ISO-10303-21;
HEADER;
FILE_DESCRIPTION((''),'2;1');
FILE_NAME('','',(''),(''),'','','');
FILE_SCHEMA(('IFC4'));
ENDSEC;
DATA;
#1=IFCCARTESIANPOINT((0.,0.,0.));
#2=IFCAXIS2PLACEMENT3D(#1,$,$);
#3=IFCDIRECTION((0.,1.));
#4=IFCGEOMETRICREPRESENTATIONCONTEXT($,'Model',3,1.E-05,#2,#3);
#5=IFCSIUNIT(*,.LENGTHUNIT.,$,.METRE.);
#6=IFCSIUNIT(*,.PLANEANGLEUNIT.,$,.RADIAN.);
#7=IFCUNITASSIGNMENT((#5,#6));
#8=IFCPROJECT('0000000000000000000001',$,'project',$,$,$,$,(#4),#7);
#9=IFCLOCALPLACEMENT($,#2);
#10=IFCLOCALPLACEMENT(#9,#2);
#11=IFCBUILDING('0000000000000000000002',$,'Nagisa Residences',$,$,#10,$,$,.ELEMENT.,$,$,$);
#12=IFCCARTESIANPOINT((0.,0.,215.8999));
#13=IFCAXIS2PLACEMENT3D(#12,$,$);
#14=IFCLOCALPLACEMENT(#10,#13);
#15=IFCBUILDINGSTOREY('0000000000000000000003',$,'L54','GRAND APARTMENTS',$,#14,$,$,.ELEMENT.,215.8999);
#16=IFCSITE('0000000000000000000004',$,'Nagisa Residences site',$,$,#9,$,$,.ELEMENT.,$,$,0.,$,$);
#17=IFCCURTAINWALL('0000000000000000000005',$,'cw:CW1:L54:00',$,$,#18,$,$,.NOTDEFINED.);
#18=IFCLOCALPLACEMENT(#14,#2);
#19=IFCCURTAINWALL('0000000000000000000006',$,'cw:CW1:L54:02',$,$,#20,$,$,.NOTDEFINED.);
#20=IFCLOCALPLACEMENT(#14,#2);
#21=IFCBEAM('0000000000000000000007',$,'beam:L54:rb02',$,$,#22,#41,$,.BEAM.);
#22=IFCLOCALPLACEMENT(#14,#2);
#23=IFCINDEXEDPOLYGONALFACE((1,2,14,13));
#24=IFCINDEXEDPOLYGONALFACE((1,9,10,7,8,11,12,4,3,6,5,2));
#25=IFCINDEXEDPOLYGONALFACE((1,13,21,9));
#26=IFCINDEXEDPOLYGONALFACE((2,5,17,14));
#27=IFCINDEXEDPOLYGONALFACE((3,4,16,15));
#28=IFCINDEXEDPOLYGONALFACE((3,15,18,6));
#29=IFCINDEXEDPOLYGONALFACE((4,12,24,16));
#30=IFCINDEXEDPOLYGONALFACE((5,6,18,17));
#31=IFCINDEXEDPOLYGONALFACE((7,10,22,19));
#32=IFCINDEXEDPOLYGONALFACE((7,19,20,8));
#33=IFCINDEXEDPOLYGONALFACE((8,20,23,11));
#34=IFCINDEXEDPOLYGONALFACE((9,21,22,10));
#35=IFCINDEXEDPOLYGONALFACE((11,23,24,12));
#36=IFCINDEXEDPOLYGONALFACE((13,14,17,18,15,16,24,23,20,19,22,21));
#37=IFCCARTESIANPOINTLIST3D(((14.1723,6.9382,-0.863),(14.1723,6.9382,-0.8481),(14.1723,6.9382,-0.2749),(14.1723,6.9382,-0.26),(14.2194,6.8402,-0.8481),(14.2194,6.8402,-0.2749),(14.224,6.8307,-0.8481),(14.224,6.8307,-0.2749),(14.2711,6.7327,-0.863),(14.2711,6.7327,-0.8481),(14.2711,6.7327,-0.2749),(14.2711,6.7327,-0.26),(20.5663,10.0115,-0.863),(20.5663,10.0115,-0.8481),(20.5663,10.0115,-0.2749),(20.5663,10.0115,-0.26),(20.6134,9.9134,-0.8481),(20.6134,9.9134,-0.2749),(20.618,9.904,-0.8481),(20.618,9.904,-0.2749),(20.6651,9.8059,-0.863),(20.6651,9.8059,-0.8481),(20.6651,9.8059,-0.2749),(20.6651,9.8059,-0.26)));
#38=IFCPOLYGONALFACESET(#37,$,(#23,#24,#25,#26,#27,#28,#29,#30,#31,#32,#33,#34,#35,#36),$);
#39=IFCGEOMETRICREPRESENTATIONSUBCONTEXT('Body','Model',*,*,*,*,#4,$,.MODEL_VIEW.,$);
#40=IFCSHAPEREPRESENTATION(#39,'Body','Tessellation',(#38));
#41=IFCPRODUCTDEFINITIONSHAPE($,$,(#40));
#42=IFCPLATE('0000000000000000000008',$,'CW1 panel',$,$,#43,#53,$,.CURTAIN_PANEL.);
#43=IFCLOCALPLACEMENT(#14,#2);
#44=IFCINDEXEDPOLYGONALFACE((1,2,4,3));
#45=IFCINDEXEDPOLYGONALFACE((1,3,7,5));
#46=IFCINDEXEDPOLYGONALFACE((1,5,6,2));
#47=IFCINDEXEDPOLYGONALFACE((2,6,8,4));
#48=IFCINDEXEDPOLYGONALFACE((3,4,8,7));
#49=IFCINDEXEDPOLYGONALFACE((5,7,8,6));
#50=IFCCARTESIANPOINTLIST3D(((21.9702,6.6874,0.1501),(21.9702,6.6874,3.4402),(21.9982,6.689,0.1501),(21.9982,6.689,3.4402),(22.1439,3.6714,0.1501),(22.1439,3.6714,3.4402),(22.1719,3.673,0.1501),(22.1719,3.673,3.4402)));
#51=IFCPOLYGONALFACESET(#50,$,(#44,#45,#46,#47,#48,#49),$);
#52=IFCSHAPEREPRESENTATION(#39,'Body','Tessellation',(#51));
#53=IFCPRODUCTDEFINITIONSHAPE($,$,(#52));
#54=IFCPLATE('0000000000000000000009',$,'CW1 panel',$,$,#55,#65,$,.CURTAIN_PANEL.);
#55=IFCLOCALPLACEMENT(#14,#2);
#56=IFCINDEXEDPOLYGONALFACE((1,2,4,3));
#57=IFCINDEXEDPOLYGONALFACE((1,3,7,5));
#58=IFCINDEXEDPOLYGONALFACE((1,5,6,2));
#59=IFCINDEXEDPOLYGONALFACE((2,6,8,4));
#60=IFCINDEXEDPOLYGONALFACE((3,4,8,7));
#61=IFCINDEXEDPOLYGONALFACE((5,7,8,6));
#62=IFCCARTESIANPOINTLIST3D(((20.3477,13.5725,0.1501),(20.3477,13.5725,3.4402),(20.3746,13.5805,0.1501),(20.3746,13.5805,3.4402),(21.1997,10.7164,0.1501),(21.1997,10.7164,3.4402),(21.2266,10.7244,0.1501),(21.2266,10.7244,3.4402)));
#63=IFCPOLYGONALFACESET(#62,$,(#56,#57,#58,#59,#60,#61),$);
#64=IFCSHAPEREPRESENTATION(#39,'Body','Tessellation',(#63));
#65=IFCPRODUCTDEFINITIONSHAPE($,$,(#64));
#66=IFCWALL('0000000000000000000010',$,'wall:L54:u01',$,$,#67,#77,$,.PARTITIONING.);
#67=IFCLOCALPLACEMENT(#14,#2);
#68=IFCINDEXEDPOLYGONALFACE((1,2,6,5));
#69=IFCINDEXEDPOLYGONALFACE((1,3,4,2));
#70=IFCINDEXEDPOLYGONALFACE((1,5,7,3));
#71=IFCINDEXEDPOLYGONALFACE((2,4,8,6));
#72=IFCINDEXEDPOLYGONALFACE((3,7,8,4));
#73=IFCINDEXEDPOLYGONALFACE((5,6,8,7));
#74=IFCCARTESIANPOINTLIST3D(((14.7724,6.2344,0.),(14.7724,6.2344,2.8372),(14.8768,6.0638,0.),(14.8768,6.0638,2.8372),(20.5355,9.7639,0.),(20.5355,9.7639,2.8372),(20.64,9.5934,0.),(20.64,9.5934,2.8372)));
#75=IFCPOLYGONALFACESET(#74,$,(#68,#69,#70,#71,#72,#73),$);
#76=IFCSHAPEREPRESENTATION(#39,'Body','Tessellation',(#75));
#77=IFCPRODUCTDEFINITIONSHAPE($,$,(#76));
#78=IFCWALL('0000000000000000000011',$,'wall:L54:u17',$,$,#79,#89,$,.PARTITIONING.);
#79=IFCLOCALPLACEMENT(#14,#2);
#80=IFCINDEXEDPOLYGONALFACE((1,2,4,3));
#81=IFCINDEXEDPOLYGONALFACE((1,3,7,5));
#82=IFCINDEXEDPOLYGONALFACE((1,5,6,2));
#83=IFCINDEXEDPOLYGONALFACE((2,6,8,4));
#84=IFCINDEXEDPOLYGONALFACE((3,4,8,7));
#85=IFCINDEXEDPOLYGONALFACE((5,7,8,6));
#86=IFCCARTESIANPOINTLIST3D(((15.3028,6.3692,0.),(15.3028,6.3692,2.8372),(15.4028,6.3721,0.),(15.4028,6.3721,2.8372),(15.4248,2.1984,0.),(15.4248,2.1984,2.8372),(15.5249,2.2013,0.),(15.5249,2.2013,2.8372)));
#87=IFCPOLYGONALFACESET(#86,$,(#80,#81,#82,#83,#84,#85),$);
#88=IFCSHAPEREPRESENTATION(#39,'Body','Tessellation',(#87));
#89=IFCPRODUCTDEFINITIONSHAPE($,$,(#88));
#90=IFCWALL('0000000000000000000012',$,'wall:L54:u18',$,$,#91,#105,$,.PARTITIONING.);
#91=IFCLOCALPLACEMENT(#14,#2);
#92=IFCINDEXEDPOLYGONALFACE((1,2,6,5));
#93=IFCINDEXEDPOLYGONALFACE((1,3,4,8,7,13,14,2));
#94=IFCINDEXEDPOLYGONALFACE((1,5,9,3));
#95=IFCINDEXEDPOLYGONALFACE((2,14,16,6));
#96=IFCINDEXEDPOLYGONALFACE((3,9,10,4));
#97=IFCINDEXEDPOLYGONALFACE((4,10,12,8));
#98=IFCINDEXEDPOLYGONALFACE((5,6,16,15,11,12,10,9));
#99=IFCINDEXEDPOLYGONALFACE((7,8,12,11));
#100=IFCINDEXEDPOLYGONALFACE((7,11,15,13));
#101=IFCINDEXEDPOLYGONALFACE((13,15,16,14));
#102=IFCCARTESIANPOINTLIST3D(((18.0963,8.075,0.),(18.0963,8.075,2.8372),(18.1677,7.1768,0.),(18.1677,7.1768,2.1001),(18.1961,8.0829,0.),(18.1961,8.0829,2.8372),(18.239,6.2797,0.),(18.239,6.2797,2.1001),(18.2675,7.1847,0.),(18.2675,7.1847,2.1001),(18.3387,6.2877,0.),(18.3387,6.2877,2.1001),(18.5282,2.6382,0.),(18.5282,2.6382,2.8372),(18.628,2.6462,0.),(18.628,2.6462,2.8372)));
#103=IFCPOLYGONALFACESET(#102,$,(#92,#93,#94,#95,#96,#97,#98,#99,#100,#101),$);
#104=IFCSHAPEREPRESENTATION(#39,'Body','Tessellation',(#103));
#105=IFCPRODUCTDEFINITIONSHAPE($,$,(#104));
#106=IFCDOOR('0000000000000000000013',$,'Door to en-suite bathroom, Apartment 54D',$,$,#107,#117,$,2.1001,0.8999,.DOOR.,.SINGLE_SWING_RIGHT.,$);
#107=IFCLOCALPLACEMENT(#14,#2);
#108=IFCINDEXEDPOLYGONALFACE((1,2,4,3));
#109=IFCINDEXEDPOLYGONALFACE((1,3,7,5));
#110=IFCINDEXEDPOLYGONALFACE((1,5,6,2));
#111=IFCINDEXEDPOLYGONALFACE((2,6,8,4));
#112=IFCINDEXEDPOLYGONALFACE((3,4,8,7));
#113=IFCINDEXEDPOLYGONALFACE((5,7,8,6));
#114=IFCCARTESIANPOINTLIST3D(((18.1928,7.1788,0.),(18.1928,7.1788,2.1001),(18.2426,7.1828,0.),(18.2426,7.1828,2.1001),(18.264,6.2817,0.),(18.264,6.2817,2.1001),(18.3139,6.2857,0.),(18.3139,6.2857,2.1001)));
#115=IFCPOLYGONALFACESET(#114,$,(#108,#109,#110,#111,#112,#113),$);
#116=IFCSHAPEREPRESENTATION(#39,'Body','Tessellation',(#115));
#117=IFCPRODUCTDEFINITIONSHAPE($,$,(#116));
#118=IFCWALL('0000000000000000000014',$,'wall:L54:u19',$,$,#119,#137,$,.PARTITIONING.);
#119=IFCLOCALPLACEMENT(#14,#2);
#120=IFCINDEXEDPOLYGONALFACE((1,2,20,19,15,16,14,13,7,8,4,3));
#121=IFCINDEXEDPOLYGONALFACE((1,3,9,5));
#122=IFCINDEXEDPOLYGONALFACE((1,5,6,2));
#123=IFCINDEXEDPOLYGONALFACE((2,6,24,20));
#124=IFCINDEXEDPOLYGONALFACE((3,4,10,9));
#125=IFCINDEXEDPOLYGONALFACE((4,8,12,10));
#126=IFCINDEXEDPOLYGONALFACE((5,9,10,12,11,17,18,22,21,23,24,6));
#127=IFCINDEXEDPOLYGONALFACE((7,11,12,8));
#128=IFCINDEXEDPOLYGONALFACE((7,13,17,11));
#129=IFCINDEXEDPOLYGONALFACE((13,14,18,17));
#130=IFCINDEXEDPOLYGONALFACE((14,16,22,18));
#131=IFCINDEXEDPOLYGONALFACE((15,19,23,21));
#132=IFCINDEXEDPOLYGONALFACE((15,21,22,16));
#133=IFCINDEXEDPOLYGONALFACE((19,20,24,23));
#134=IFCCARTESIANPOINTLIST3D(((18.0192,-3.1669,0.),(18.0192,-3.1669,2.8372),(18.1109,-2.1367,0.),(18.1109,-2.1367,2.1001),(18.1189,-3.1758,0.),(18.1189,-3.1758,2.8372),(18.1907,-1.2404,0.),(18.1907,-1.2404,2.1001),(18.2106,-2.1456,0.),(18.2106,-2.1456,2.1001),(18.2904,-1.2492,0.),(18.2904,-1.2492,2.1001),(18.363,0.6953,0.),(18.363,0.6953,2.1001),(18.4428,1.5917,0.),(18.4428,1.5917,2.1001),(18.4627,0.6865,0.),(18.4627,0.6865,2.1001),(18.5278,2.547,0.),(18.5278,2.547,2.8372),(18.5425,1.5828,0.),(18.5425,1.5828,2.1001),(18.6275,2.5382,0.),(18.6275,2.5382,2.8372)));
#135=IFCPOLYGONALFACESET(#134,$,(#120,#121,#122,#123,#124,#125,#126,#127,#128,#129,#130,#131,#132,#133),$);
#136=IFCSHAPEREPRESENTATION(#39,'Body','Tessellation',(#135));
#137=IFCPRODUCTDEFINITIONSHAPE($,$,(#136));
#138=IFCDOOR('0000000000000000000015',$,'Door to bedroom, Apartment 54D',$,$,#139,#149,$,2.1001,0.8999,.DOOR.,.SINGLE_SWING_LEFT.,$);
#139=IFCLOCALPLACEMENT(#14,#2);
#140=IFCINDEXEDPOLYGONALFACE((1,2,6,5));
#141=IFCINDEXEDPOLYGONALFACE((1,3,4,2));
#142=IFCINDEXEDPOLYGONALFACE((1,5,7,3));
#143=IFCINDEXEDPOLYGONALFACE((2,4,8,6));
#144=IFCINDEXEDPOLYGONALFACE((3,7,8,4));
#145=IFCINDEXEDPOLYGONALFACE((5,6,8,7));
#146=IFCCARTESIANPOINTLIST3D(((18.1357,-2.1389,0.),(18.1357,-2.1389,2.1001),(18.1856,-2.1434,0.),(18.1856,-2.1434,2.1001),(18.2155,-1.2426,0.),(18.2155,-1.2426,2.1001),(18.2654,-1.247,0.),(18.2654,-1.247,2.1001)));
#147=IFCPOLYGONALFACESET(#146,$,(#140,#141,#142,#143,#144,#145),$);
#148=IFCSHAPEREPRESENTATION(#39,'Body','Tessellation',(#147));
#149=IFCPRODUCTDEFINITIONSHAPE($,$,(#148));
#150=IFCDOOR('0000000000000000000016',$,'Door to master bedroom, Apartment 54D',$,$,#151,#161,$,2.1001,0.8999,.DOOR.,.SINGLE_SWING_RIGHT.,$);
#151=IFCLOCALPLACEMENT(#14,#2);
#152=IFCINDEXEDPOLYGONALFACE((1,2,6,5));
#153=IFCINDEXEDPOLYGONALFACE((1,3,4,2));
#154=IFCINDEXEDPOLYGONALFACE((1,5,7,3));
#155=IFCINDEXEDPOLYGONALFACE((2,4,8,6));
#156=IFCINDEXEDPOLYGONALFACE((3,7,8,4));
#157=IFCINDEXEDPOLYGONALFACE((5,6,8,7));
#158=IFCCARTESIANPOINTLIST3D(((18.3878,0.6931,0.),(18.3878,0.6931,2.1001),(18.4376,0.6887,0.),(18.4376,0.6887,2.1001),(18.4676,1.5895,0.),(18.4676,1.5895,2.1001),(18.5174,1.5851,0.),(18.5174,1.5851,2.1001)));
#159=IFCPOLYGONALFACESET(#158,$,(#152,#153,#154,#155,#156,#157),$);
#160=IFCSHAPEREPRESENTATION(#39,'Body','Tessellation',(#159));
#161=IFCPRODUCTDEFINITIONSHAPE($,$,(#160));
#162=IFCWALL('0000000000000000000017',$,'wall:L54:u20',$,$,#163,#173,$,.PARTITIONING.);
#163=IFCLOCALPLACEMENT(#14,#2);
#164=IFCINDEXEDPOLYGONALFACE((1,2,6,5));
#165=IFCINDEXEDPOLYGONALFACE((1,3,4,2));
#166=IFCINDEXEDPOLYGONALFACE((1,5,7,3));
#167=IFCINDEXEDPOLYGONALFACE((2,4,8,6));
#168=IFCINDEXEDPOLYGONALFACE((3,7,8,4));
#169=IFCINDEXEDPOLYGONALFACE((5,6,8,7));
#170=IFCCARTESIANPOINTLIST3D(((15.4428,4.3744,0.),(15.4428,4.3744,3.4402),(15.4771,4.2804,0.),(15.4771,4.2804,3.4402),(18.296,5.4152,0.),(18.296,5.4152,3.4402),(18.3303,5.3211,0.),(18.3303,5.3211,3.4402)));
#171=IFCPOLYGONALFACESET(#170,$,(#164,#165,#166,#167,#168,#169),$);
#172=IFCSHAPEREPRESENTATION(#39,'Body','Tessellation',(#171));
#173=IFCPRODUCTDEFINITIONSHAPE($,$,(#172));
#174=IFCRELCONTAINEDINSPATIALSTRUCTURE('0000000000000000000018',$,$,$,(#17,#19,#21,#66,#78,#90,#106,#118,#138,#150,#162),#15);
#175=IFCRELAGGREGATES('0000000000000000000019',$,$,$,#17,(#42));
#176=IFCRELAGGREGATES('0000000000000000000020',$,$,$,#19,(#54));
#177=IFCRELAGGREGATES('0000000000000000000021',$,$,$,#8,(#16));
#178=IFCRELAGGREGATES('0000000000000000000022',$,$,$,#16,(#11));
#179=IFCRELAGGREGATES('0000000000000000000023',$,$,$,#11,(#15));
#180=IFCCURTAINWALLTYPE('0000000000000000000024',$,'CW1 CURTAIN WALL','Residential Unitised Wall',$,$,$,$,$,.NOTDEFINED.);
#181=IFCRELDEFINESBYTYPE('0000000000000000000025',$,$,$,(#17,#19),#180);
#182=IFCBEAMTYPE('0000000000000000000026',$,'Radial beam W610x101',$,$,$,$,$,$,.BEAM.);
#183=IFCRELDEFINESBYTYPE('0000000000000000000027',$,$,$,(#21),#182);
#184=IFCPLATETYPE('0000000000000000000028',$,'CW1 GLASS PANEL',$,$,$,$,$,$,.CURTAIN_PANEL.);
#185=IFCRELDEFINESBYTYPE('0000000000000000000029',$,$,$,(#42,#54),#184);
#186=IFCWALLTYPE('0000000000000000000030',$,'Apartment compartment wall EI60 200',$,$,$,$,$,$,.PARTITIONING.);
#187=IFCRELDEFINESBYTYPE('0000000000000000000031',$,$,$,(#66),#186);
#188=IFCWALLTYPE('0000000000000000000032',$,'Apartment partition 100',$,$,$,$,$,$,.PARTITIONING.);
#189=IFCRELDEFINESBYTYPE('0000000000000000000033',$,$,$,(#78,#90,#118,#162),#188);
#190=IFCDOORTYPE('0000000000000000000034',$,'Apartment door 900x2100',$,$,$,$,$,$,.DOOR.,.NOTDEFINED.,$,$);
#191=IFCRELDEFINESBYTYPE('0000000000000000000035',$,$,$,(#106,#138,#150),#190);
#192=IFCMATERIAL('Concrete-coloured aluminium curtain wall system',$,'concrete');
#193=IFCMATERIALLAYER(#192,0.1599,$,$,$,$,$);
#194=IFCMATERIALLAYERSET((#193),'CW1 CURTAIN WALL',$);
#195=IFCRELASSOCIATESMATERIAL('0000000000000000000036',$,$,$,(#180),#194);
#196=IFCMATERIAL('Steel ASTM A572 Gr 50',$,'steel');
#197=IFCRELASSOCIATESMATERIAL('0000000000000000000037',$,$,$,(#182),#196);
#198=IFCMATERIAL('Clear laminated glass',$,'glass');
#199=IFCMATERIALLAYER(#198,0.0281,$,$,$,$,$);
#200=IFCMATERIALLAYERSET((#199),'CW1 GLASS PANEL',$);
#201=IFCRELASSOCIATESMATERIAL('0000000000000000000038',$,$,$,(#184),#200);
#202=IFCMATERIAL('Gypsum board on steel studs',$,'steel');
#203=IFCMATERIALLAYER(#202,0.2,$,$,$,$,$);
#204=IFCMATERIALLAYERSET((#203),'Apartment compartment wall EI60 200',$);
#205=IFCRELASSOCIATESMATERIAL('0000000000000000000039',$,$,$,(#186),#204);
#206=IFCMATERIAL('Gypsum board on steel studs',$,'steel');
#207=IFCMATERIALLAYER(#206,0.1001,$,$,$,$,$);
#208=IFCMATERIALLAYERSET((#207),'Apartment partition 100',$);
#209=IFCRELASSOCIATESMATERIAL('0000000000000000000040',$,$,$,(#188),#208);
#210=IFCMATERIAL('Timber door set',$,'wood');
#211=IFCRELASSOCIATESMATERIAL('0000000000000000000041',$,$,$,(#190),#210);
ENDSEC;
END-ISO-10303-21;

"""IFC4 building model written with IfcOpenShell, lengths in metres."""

from ifc_helpers import new_model, si_unit, direction, frame, frame_2d, origin, origin_2d, place, context, subcontext, project, spatial, rectangle, i_section, extrude, material, layer, layer_set, material_profile, profile_set, type_object, element, fill, aggregate, save


model = new_model("IFC4")

# Units and contexts
model_context = context("Model", 3, precision=1e-05, world=origin(), true_north=direction((0.0, 1.0)))
body_context = subcontext(model_context, "Body", "Model", "MODEL_VIEW")
ifc_project = project(units=[si_unit("LENGTHUNIT", "METRE"), si_unit("PLANEANGLEUNIT", "RADIAN")], contexts=[model_context])

# Site, building, storey
site_placement = place(None, origin())
site = spatial("IfcSite", under=ifc_project, at=site_placement, Name="Nagisa Residences site", CompositionType="ELEMENT", RefElevation=0.0)
building_placement = place(site_placement, origin())
building = spatial("IfcBuilding", under=site, at=building_placement, Name="Nagisa Residences", CompositionType="ELEMENT")
storey_placement = place(building_placement, frame((0.0, 0.0, 215.8999)))
storey = spatial("IfcBuildingStorey", under=building, at=storey_placement, Name="L54", Description="GRAND APARTMENTS", CompositionType="ELEMENT", Elevation=215.8999)

# Curtain walls
ifc_material_1 = material(Name="Concrete-coloured aluminium curtain wall system", Category="concrete")
ifc_layer_1 = layer(ifc_material_1, 0.1599)
ifc_layer_set_1 = layer_set([ifc_layer_1], Name="CW1 CURTAIN WALL")
curtain_wall_type = type_object("IfcCurtainWallType", Name="CW1 CURTAIN WALL", Description="Residential Unitised Wall", PredefinedType="NOTDEFINED", material=ifc_layer_set_1)
curtain_wall_1_placement = place(storey_placement, origin())
curtain_wall_1 = element("IfcCurtainWall", 1, at=curtain_wall_1_placement, inside=storey, type_object=curtain_wall_type, Name="cw:CW1:L54:00", PredefinedType="NOTDEFINED")
curtain_wall_2_placement = place(storey_placement, origin())
curtain_wall_2 = element("IfcCurtainWall", 2, at=curtain_wall_2_placement, inside=storey, type_object=curtain_wall_type, Name="cw:CW1:L54:02", PredefinedType="NOTDEFINED")

# Beam
ifc_material_2 = material(Name="Steel ASTM A572 Gr 50", Category="steel")
ifc_material_profile_1 = material_profile(ifc_material_2, i_section(OverallWidth=0.228, OverallDepth=0.603, WebThickness=0.0105, FlangeThickness=0.0149, at=origin_2d()), Name="W610x101")
ifc_profile_set_1 = profile_set([ifc_material_profile_1], Name="Steel ASTM A572 Gr 50")
beam_type_1 = type_object("IfcBeamType", Name="Radial beam W610x101", PredefinedType="BEAM", material=ifc_profile_set_1)
beam_1_placement = place(storey_placement, frame((20.6157, 9.9087, -0.5615), z_axis=(-0.901297, -0.433201, 0.0), x_axis=(0.433201, -0.901297, 0.0)))
element("IfcBeam", 3, at=beam_1_placement, inside=storey, type_object=beam_type_1, Name="beam:L54:rb02", PredefinedType="BEAM", context=body_context, shape_type="SweptSolid", body=[
    extrude(i_section(OverallWidth=0.228, OverallDepth=0.603, WebThickness=0.0105, FlangeThickness=0.0149, at=origin_2d()), origin(), (0.0, 0.0, 1.0), 7.0942),
])

# Plates
ifc_material_3 = material(Name="Clear laminated glass", Category="glass")
ifc_layer_2 = layer(ifc_material_3, 0.0281)
ifc_layer_set_2 = layer_set([ifc_layer_2], Name="CW1 GLASS PANEL")
plate_type = type_object("IfcPlateType", Name="CW1 GLASS PANEL", PredefinedType="CURTAIN_PANEL", material=ifc_layer_set_2)
plate_1_placement = place(storey_placement, frame((22.071, 5.1802, 0.1501), z_axis=(0.0, 0.0, 1.0), x_axis=(-0.057503, 0.998345, 0.0)))
plate_1 = element("IfcPlate", 4, at=plate_1_placement, type_object=plate_type, Name="CW1 panel", PredefinedType="CURTAIN_PANEL", context=body_context, shape_type="SweptSolid", body=[
    extrude(rectangle(XDim=3.021, YDim=0.0281, at=origin_2d()), origin(), (0.0, 0.0, 1.0), 3.29),
])
aggregate(curtain_wall_1, [plate_1])
plate_2_placement = place(storey_placement, frame((20.7871, 12.1484, 0.1501), z_axis=(0.0, 0.0, 1.0), x_axis=(-0.28586, 0.958271, 0.0)))
plate_2 = element("IfcPlate", 5, at=plate_2_placement, type_object=plate_type, Name="CW1 panel", PredefinedType="CURTAIN_PANEL", context=body_context, shape_type="SweptSolid", body=[
    extrude(rectangle(XDim=2.9805, YDim=0.0281, at=origin_2d()), origin(), (0.0, 0.0, 1.0), 3.29),
])
aggregate(curtain_wall_2, [plate_2])

# Walls
ifc_material_4 = material(Name="Gypsum board on steel studs", Category="steel")
ifc_layer_3 = layer(ifc_material_4, 0.2)
ifc_layer_set_3 = layer_set([ifc_layer_3], Name="Apartment compartment wall EI60 200")
wall_type_1 = type_object("IfcWallType", Name="Apartment compartment wall EI60 200", PredefinedType="PARTITIONING", material=ifc_layer_set_3)
wall_1_placement = place(storey_placement, frame((14.8247, 6.1492, 0.0), z_axis=(0.0, 0.0, 1.0), x_axis=(0.852781, 0.522268, 0.0)))
element("IfcWall", 6, at=wall_1_placement, inside=storey, type_object=wall_type_1, Name="wall:L54:u01", PredefinedType="PARTITIONING", context=body_context, shape_type="SweptSolid", body=[
    extrude(rectangle(XDim=6.7581, YDim=0.2, at=frame_2d((3.3789, 0.0))), origin(), (0.0, 0.0, 1.0), 2.8372),
])
ifc_material_5 = material(Name="Gypsum board on steel studs", Category="steel")
ifc_layer_4 = layer(ifc_material_5, 0.1001)
ifc_layer_set_4 = layer_set([ifc_layer_4], Name="Apartment partition 100")
wall_type_2 = type_object("IfcWallType", Name="Apartment partition 100", PredefinedType="PARTITIONING", material=ifc_layer_set_4)
wall_2_placement = place(storey_placement, frame((15.4749, 2.1997, 0.0), z_axis=(0.0, 0.0, 1.0), x_axis=(-0.029255, 0.999572, 0.0)))
element("IfcWall", 7, at=wall_2_placement, inside=storey, type_object=wall_type_2, Name="wall:L54:u17", PredefinedType="PARTITIONING", context=body_context, shape_type="SweptSolid", body=[
    extrude(rectangle(XDim=4.1726, YDim=0.1001, at=frame_2d((2.0864, 0.0))), origin(), (0.0, 0.0, 1.0), 2.8372),
])

# Wall, opening, door
wall_3_placement = place(storey_placement, frame((18.5781, 2.6421, 0.0), z_axis=(0.0, 0.0, 1.0), x_axis=(-0.079188, 0.99686, 0.0)))
wall_3 = element("IfcWall", 8, at=wall_3_placement, inside=storey, type_object=wall_type_2, Name="wall:L54:u18", PredefinedType="PARTITIONING", context=body_context, shape_type="SweptSolid", body=[
    extrude(rectangle(XDim=5.4539, YDim=0.1001, at=frame_2d((2.7271, 0.0))), origin(), (0.0, 0.0, 1.0), 2.8372),
])
opening_1_placement = place(wall_3_placement, frame((3.6531, 0.0, 0.0)))
opening_1 = element("IfcOpeningElement", 9, at=opening_1_placement, cuts=wall_3, PredefinedType="OPENING", context=body_context, shape_type="SweptSolid", body=[
    extrude(rectangle(XDim=0.8999, YDim=2.1001, at=frame_2d((0.45, 1.05))), frame((0.0, 0.0601, 0.0), z_axis=(0.0, -1.0, 0.0), x_axis=(1.0, 0.0, 0.0)), (0.0, 0.0, 1.0), 0.1201),
])
ifc_material_6 = material(Name="Timber door set", Category="wood")
door_type_1 = type_object("IfcDoorType", Name="Apartment door 900x2100", OperationType="NOTDEFINED", PredefinedType="DOOR", material=ifc_material_6)
door_1_placement = place(opening_1_placement, origin())
door_1 = element("IfcDoor", 10, at=door_1_placement, inside=storey, type_object=door_type_1, Name="Door to en-suite bathroom, Apartment 54D", OperationType="SINGLE_SWING_RIGHT", OverallHeight=2.1001, OverallWidth=0.8999, PredefinedType="DOOR", context=body_context, shape_type="SweptSolid", body=[
    extrude(rectangle(XDim=0.8999, YDim=2.1001, at=frame_2d((0.45, 1.05))), frame((0.0, 0.0249, 0.0), z_axis=(0.0, -1.0, 0.0), x_axis=(1.0, 0.0, 0.0)), (0.0, 0.0, 1.0), 0.05),
])
fill(opening_1, door_1)

# Wall, openings, doors
wall_4_placement = place(storey_placement, frame((18.5776, 2.5425, 0.0), z_axis=(0.0, 0.0, 1.0), x_axis=(-0.088651, -0.996063, 0.0)))
wall_4 = element("IfcWall", 11, at=wall_4_placement, inside=storey, type_object=wall_type_2, Name="wall:L54:u19", PredefinedType="PARTITIONING", context=body_context, shape_type="SweptSolid", body=[
    extrude(rectangle(XDim=5.7366, YDim=0.1001, at=frame_2d((2.8682, 0.0))), origin(), (0.0, 0.0, 1.0), 2.8372),
])
opening_2_placement = place(wall_4_placement, frame((3.8022, 0.0, 0.0)))
opening_2 = element("IfcOpeningElement", 12, at=opening_2_placement, cuts=wall_4, PredefinedType="OPENING", context=body_context, shape_type="SweptSolid", body=[
    extrude(rectangle(XDim=0.8999, YDim=2.1001, at=frame_2d((0.45, 1.05))), frame((0.0, 0.0601, 0.0), z_axis=(0.0, -1.0, 0.0), x_axis=(1.0, 0.0, 0.0)), (0.0, 0.0, 1.0), 0.1201),
])
opening_3_placement = place(wall_4_placement, frame((0.959, 0.0, 0.0)))
opening_3 = element("IfcOpeningElement", 13, at=opening_3_placement, cuts=wall_4, PredefinedType="OPENING", context=body_context, shape_type="SweptSolid", body=[
    extrude(rectangle(XDim=0.8999, YDim=2.1001, at=frame_2d((0.45, 1.05))), frame((0.0, 0.0601, 0.0), z_axis=(0.0, -1.0, 0.0), x_axis=(1.0, 0.0, 0.0)), (0.0, 0.0, 1.0), 0.1201),
])
door_2_placement = place(opening_2_placement, origin())
door_2 = element("IfcDoor", 14, at=door_2_placement, inside=storey, type_object=door_type_1, Name="Door to bedroom, Apartment 54D", OperationType="SINGLE_SWING_LEFT", OverallHeight=2.1001, OverallWidth=0.8999, PredefinedType="DOOR", context=body_context, shape_type="SweptSolid", body=[
    extrude(rectangle(XDim=0.8999, YDim=2.1001, at=frame_2d((0.45, 1.05))), frame((0.0, 0.0249, 0.0), z_axis=(0.0, -1.0, 0.0), x_axis=(1.0, 0.0, 0.0)), (0.0, 0.0, 1.0), 0.05),
])
fill(opening_2, door_2)
door_3_placement = place(opening_3_placement, origin())
door_3 = element("IfcDoor", 15, at=door_3_placement, inside=storey, type_object=door_type_1, Name="Door to master bedroom, Apartment 54D", OperationType="SINGLE_SWING_RIGHT", OverallHeight=2.1001, OverallWidth=0.8999, PredefinedType="DOOR", context=body_context, shape_type="SweptSolid", body=[
    extrude(rectangle(XDim=0.8999, YDim=2.1001, at=frame_2d((0.45, 1.05))), frame((0.0, 0.0249, 0.0), z_axis=(0.0, -1.0, 0.0), x_axis=(1.0, 0.0, 0.0)), (0.0, 0.0, 1.0), 0.05),
])
fill(opening_3, door_3)

# Wall
wall_5_placement = place(storey_placement, frame((15.46, 4.3274, 0.0), z_axis=(0.0, 0.0, 1.0), x_axis=(0.939453, 0.342679, 0.0)))
element("IfcWall", 16, at=wall_5_placement, inside=storey, type_object=wall_type_2, Name="wall:L54:u20", PredefinedType="PARTITIONING", context=body_context, shape_type="SweptSolid", body=[
    extrude(rectangle(XDim=3.0371, YDim=0.1001, at=frame_2d((1.5186, 0.0))), origin(), (0.0, 0.0, 1.0), 3.4402),
])

save(model, "model.ifc")
